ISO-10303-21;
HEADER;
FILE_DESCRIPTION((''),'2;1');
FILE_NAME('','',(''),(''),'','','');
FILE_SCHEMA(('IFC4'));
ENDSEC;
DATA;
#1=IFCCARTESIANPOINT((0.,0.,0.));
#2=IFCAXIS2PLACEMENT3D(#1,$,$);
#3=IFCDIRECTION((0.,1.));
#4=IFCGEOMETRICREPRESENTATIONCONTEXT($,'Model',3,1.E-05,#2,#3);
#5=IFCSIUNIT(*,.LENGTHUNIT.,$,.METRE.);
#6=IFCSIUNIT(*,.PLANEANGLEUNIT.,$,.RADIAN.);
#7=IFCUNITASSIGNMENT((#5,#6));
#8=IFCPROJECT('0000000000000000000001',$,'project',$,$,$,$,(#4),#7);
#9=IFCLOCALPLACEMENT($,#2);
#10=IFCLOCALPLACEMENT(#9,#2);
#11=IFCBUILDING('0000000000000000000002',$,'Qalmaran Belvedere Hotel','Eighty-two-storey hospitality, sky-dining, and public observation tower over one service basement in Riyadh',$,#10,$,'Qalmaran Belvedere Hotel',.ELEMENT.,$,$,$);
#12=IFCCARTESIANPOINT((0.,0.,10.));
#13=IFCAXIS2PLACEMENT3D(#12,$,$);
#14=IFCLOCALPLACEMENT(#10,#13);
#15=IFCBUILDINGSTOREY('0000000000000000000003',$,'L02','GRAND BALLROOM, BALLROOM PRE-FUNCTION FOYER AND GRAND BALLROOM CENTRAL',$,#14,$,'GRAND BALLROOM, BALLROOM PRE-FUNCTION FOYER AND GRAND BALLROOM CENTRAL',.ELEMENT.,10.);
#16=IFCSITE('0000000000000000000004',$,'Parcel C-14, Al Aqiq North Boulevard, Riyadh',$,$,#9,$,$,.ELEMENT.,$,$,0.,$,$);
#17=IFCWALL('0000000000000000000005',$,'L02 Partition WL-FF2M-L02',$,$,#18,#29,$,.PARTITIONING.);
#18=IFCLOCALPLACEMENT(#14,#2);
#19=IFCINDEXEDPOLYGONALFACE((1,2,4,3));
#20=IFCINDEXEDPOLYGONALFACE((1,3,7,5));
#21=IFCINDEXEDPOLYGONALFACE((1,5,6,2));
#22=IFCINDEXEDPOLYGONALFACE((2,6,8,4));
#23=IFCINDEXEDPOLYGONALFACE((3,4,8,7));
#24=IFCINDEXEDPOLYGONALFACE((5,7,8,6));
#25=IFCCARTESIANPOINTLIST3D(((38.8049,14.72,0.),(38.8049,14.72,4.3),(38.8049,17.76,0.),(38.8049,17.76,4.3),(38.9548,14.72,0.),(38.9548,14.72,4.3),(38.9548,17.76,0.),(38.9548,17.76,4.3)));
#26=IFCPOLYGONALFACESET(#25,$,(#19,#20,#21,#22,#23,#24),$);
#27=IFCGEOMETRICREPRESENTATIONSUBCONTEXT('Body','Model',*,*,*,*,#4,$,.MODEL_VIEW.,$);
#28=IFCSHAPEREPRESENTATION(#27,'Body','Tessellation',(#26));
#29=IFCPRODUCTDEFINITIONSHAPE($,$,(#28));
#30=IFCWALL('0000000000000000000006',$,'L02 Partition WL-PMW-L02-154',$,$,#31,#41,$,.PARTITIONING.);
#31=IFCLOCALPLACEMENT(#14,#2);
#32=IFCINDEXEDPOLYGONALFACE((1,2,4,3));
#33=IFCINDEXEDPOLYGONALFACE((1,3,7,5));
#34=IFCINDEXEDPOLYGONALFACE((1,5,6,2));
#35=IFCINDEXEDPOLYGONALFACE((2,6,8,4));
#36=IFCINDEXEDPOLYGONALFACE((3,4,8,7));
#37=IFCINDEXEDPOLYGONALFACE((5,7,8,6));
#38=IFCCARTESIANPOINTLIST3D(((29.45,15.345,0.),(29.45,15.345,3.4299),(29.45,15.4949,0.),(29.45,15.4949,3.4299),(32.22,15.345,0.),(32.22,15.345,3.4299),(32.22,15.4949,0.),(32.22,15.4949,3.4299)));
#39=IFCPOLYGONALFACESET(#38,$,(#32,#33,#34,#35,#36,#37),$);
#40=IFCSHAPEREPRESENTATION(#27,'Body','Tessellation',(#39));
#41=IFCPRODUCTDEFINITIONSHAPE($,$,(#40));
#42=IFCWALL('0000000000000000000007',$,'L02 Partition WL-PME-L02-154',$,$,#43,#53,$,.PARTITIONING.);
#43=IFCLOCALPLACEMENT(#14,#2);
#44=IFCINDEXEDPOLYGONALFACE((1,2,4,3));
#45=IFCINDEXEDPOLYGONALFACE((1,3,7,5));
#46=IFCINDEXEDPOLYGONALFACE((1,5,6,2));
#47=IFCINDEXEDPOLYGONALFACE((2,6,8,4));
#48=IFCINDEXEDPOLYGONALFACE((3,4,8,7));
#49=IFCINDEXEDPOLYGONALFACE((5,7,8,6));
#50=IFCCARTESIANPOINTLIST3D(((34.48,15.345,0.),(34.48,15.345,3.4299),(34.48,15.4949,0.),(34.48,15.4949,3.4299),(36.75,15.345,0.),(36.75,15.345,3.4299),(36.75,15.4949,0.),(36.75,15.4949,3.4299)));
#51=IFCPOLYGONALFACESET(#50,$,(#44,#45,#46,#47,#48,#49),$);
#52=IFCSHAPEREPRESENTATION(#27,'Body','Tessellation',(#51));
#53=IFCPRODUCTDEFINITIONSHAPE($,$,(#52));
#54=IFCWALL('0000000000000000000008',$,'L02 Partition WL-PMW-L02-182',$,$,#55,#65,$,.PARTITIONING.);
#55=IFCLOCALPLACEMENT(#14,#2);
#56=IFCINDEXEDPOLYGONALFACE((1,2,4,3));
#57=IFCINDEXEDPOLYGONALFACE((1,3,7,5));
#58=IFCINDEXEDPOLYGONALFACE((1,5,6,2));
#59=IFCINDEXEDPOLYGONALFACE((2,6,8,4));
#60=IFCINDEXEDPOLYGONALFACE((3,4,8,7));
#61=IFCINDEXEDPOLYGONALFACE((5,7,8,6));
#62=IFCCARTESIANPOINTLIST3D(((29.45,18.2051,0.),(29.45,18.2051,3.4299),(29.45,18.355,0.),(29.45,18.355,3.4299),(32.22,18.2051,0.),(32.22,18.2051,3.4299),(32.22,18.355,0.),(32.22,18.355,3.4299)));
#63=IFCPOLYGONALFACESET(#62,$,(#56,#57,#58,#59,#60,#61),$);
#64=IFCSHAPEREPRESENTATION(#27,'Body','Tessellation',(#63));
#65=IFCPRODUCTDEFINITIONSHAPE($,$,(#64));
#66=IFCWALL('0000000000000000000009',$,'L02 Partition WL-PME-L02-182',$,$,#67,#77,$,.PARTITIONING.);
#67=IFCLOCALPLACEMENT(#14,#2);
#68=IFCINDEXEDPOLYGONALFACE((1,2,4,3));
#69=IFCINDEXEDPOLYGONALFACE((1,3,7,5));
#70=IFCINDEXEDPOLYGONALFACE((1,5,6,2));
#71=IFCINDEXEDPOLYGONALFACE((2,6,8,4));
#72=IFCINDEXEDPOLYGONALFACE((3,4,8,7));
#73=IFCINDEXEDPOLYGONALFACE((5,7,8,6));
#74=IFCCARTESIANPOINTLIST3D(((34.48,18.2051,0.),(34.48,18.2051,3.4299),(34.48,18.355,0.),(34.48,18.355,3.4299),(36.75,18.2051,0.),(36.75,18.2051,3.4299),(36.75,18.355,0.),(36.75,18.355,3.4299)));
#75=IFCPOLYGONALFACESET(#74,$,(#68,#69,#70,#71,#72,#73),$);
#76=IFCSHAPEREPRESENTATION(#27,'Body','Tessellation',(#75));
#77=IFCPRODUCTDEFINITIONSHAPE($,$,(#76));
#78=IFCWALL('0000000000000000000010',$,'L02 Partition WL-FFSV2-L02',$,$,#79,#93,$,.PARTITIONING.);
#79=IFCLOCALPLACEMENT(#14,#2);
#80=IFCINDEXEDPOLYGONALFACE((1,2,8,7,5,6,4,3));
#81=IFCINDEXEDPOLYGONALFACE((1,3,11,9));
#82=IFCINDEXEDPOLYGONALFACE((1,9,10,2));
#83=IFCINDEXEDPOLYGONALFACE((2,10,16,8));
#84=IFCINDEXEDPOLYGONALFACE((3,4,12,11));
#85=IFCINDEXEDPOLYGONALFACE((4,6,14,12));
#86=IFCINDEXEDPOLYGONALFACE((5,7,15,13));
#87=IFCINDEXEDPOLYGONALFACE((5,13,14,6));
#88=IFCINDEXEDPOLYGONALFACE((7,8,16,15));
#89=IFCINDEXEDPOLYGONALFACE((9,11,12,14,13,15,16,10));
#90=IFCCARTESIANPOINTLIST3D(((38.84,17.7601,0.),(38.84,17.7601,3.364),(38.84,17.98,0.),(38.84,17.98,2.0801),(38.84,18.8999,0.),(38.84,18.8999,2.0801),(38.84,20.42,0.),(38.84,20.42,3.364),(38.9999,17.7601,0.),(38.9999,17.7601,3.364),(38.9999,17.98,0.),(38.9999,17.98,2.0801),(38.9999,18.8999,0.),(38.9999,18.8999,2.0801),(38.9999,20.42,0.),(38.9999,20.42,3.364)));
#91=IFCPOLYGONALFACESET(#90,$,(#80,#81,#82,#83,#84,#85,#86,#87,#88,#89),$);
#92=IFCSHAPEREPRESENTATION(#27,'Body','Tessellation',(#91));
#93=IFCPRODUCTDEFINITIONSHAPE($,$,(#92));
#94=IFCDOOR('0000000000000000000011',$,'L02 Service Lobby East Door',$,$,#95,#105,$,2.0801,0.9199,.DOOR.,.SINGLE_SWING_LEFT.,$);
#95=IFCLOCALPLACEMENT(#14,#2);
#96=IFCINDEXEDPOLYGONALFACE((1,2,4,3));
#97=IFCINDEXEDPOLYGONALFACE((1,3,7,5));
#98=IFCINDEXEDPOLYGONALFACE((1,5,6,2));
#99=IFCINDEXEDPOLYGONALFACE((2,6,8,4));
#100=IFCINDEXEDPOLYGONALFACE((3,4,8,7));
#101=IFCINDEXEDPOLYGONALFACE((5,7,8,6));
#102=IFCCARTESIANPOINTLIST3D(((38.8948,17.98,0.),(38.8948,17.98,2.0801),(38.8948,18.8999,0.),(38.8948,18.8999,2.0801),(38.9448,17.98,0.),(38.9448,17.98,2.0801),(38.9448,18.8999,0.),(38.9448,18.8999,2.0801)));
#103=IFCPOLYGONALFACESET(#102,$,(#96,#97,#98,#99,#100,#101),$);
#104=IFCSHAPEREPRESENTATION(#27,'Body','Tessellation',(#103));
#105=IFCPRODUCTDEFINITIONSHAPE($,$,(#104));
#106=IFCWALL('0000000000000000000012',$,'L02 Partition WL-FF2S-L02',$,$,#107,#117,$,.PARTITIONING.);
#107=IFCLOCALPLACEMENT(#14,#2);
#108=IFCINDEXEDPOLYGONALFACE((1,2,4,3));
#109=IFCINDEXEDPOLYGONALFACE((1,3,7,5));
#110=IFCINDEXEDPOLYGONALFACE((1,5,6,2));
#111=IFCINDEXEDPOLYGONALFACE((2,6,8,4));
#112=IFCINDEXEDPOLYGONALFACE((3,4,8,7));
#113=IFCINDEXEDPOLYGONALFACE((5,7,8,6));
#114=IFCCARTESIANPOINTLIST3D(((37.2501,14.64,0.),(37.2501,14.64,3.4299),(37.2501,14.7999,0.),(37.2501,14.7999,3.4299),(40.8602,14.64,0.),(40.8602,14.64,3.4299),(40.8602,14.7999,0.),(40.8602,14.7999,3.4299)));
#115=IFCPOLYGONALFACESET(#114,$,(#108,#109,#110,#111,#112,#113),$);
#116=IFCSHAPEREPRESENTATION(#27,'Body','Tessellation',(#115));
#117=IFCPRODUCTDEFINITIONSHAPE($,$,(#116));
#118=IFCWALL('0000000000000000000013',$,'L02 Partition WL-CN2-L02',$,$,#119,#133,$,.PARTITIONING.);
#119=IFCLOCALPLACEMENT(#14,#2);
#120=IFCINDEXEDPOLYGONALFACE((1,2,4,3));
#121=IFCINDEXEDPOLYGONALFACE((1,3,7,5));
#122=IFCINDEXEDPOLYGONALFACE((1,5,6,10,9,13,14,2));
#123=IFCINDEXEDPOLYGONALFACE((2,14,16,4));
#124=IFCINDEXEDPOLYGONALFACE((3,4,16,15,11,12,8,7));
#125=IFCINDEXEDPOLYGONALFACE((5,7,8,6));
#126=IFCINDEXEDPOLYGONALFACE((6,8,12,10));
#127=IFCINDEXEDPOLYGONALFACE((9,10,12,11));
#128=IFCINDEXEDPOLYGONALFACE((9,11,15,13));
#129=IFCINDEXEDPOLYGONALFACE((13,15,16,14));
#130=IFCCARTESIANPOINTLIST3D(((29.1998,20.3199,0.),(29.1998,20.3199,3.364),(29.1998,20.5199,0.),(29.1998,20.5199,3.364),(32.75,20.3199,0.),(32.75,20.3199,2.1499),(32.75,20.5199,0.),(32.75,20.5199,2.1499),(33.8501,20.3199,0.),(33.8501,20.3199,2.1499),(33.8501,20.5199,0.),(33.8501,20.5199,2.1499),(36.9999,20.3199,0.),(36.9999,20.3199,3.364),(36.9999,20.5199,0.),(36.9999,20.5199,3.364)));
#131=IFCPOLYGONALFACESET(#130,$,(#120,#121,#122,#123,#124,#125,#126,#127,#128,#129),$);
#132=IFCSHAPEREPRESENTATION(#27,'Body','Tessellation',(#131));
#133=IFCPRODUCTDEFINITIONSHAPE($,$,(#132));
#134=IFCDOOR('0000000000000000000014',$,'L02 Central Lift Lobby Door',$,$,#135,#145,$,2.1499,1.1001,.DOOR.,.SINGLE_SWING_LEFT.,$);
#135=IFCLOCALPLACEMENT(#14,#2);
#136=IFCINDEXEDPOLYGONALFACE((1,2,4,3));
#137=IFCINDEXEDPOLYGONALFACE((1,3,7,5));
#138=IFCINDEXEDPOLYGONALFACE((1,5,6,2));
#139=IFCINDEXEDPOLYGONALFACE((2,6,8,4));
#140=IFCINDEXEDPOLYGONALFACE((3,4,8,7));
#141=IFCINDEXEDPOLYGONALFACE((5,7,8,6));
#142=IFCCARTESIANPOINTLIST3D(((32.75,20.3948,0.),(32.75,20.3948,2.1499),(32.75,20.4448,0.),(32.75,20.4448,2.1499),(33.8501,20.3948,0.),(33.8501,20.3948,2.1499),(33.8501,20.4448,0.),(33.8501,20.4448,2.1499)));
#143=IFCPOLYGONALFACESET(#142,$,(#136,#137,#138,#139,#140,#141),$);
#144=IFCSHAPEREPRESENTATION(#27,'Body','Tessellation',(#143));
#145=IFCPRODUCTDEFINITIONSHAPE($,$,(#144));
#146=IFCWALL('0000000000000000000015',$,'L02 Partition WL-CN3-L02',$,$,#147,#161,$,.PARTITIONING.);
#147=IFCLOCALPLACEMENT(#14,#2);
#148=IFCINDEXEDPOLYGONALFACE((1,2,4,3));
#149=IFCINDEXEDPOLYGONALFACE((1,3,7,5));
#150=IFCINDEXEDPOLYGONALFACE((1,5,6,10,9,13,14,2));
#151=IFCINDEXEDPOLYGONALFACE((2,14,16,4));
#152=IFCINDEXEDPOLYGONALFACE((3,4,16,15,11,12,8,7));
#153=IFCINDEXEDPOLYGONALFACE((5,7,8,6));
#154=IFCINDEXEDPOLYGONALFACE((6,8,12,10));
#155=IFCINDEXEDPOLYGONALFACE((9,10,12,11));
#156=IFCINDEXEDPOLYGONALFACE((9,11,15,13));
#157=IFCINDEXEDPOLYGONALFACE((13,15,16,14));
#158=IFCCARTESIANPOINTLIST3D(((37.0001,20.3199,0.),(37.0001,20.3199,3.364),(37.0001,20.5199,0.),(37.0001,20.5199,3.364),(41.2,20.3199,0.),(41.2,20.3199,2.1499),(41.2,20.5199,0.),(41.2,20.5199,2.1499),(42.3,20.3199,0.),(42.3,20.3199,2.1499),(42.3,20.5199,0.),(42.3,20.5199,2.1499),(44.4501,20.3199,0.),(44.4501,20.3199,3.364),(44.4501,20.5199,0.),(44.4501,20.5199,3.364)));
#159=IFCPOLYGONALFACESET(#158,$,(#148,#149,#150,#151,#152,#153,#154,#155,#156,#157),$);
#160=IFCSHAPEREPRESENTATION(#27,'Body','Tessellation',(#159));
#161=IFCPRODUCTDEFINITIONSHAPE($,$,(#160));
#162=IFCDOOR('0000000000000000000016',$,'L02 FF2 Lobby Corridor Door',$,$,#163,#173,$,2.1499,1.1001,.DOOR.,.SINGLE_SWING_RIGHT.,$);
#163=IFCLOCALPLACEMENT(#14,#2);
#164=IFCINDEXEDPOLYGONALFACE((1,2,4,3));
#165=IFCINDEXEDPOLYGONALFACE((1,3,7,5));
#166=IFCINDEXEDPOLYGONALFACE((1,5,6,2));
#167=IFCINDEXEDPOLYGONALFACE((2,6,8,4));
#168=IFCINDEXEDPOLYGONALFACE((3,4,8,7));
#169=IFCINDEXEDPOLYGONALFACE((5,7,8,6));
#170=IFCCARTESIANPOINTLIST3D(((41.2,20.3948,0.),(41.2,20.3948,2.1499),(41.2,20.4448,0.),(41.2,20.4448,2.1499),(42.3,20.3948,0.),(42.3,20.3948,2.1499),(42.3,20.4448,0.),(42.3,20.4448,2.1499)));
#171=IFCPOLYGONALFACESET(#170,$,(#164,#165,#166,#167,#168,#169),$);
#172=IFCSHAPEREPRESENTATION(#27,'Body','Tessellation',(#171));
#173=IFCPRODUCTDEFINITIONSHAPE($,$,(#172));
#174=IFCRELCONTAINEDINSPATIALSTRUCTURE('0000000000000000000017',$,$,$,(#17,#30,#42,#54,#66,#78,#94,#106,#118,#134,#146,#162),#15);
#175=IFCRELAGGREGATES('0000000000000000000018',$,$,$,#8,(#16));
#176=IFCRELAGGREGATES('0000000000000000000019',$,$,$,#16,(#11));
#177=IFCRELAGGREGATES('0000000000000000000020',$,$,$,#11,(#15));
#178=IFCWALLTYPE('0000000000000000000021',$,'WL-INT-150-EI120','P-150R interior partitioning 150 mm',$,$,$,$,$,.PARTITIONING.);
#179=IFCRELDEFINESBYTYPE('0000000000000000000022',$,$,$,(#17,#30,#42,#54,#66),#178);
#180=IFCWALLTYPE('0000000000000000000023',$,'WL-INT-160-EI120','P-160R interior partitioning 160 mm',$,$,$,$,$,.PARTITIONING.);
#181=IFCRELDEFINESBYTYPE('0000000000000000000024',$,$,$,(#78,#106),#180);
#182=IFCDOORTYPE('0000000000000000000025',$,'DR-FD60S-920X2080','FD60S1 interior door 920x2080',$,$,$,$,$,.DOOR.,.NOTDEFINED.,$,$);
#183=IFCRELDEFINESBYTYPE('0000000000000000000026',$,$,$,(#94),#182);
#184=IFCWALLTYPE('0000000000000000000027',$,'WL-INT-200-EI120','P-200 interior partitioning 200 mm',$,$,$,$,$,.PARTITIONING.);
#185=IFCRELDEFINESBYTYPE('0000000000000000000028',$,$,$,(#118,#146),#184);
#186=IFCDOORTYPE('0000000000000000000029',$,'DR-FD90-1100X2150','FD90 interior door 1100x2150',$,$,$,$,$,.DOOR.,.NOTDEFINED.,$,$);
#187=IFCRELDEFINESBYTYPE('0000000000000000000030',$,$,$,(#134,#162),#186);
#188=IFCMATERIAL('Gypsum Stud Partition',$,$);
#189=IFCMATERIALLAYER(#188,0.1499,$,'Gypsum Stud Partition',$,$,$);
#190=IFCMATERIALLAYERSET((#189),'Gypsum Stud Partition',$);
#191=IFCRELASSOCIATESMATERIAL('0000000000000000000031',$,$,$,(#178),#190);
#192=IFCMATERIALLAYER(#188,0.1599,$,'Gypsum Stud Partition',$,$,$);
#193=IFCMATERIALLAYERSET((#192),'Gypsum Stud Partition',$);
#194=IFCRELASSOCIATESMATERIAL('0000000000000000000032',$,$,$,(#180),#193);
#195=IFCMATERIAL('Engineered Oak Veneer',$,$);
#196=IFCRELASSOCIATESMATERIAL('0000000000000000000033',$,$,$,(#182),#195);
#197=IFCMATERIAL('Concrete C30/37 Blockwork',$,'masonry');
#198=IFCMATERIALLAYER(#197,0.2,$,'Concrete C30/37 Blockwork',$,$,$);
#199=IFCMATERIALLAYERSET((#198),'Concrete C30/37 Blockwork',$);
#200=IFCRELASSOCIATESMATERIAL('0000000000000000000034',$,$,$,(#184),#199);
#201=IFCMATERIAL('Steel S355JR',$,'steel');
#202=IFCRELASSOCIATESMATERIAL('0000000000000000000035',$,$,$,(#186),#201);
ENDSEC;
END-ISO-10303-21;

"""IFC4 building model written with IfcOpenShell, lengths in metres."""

from ifc_helpers import new_model, si_unit, direction, frame, frame_2d, origin, place, context, subcontext, project, spatial, rectangle, extrude, material, layer, layer_set, type_object, element, fill, save


model = new_model("IFC4")

# Units and contexts
model_context = context("Model", 3, precision=1e-05, world=origin(), true_north=direction((0.0, 1.0)))
body_context = subcontext(model_context, "Body", "Model", "MODEL_VIEW")
ifc_project = project(units=[si_unit("LENGTHUNIT", "METRE"), si_unit("PLANEANGLEUNIT", "RADIAN")], contexts=[model_context])

# Site, building, storey
site_placement = place(None, origin())
site = spatial("IfcSite", under=ifc_project, at=site_placement, Name="Parcel C-14, Al Aqiq North Boulevard, Riyadh", CompositionType="ELEMENT", RefElevation=0.0)
building_placement = place(site_placement, origin())
building = spatial("IfcBuilding", under=site, at=building_placement, Name="Qalmaran Belvedere Hotel", Description="Eighty-two-storey hospitality, sky-dining, and public observation tower over one service basement in Riyadh", LongName="Qalmaran Belvedere Hotel", CompositionType="ELEMENT")
storey_placement = place(building_placement, frame((0.0, 0.0, 10.0)))
storey = spatial("IfcBuildingStorey", under=building, at=storey_placement, Name="L02", Description="GRAND BALLROOM, BALLROOM PRE-FUNCTION FOYER AND GRAND BALLROOM CENTRAL", LongName="GRAND BALLROOM, BALLROOM PRE-FUNCTION FOYER AND GRAND BALLROOM CENTRAL", CompositionType="ELEMENT", Elevation=10.0)

# Shared definitions
ifc_material_1 = material(Name="Steel S355JR", Category="steel")

# Walls
ifc_material_2 = material(Name="Gypsum Stud Partition")
ifc_layer_1 = layer(ifc_material_2, 0.1499, Name="Gypsum Stud Partition")
ifc_layer_set_1 = layer_set([ifc_layer_1], Name="Gypsum Stud Partition")
wall_type_1 = type_object("IfcWallType", Name="WL-INT-150-EI120", Description="P-150R interior partitioning 150 mm", PredefinedType="PARTITIONING", material=ifc_layer_set_1)
wall_1_placement = place(storey_placement, frame((38.8799, 14.72, 0.0), z_axis=(0.0, 0.0, 1.0), x_axis=(0.0, 1.0, 0.0)))
element("IfcWall", 1, at=wall_1_placement, inside=storey, type_object=wall_type_1, Name="L02 Partition WL-FF2M-L02", PredefinedType="PARTITIONING", context=body_context, shape_type="SweptSolid", body=[
    extrude(rectangle(XDim=3.04, YDim=0.1499, at=frame_2d((1.52, 0.0))), origin(), (0.0, 0.0, 1.0), 4.3),
])
wall_2_placement = place(storey_placement, frame((29.45, 15.4199, 0.0), z_axis=(0.0, 0.0, 1.0), x_axis=(1.0, 0.0, 0.0)))
element("IfcWall", 2, at=wall_2_placement, inside=storey, type_object=wall_type_1, Name="L02 Partition WL-PMW-L02-154", PredefinedType="PARTITIONING", context=body_context, shape_type="SweptSolid", body=[
    extrude(rectangle(XDim=2.77, YDim=0.1499, at=frame_2d((1.385, 0.0))), origin(), (0.0, 0.0, 1.0), 3.4299),
])
wall_3_placement = place(storey_placement, frame((34.48, 15.4199, 0.0), z_axis=(0.0, 0.0, 1.0), x_axis=(1.0, 0.0, 0.0)))
element("IfcWall", 3, at=wall_3_placement, inside=storey, type_object=wall_type_1, Name="L02 Partition WL-PME-L02-154", PredefinedType="PARTITIONING", context=body_context, shape_type="SweptSolid", body=[
    extrude(rectangle(XDim=2.27, YDim=0.1499, at=frame_2d((1.135, 0.0))), origin(), (0.0, 0.0, 1.0), 3.4299),
])
wall_4_placement = place(storey_placement, frame((29.45, 18.28, 0.0), z_axis=(0.0, 0.0, 1.0), x_axis=(1.0, 0.0, 0.0)))
element("IfcWall", 4, at=wall_4_placement, inside=storey, type_object=wall_type_1, Name="L02 Partition WL-PMW-L02-182", PredefinedType="PARTITIONING", context=body_context, shape_type="SweptSolid", body=[
    extrude(rectangle(XDim=2.77, YDim=0.1499, at=frame_2d((1.385, 0.0))), origin(), (0.0, 0.0, 1.0), 3.4299),
])
wall_5_placement = place(storey_placement, frame((34.48, 18.28, 0.0), z_axis=(0.0, 0.0, 1.0), x_axis=(1.0, 0.0, 0.0)))
element("IfcWall", 5, at=wall_5_placement, inside=storey, type_object=wall_type_1, Name="L02 Partition WL-PME-L02-182", PredefinedType="PARTITIONING", context=body_context, shape_type="SweptSolid", body=[
    extrude(rectangle(XDim=2.27, YDim=0.1499, at=frame_2d((1.135, 0.0))), origin(), (0.0, 0.0, 1.0), 3.4299),
])

# Wall, opening, door
ifc_layer_2 = layer(ifc_material_2, 0.1599, Name="Gypsum Stud Partition")
ifc_layer_set_2 = layer_set([ifc_layer_2], Name="Gypsum Stud Partition")
wall_type_2 = type_object("IfcWallType", Name="WL-INT-160-EI120", Description="P-160R interior partitioning 160 mm", PredefinedType="PARTITIONING", material=ifc_layer_set_2)
wall_6_placement = place(storey_placement, frame((38.9199, 17.76, 0.0), z_axis=(0.0, 0.0, 1.0), x_axis=(0.0, 1.0, 0.0)))
wall_6 = element("IfcWall", 6, at=wall_6_placement, inside=storey, type_object=wall_type_2, Name="L02 Partition WL-FFSV2-L02", PredefinedType="PARTITIONING", context=body_context, shape_type="SweptSolid", body=[
    extrude(rectangle(XDim=2.6599, YDim=0.1599, at=frame_2d((1.3301, 0.0))), origin(), (0.0, 0.0, 1.0), 3.364),
])
opening_1_placement = place(wall_6_placement, frame((1.1399, 0.0, 0.0), z_axis=(0.0, 0.0, 1.0), x_axis=(-1.0, 0.0, 0.0)))
opening_1 = element("IfcOpeningElement", 7, at=opening_1_placement, cuts=wall_6, PredefinedType="OPENING", context=body_context, shape_type="SweptSolid", body=[
    extrude(rectangle(XDim=0.9199, YDim=2.0801, at=frame_2d((0.46, 1.04))), frame((0.0, 0.0898, 0.0), z_axis=(0.0, -1.0, 0.0), x_axis=(1.0, 0.0, 0.0)), (0.0, 0.0, 1.0), 0.1799),
])
ifc_material_3 = material(Name="Engineered Oak Veneer")
door_type_1 = type_object("IfcDoorType", Name="DR-FD60S-920X2080", Description="FD60S1 interior door 920x2080", OperationType="NOTDEFINED", PredefinedType="DOOR", material=ifc_material_3)
door_1_placement = place(opening_1_placement, origin())
door_1 = element("IfcDoor", 8, at=door_1_placement, inside=storey, type_object=door_type_1, Name="L02 Service Lobby East Door", OperationType="SINGLE_SWING_LEFT", OverallHeight=2.0801, OverallWidth=0.9199, PredefinedType="DOOR", context=body_context, shape_type="SweptSolid", body=[
    extrude(rectangle(XDim=0.9199, YDim=2.0801, at=frame_2d((0.46, 1.04))), frame((0.0, 0.0249, 0.0), z_axis=(0.0, -1.0, 0.0), x_axis=(1.0, 0.0, 0.0)), (0.0, 0.0, 1.0), 0.05),
])
fill(opening_1, door_1)

# Wall
wall_7_placement = place(storey_placement, frame((37.25, 14.72, 0.0), z_axis=(0.0, 0.0, 1.0), x_axis=(1.0, 0.0, 0.0)))
element("IfcWall", 9, at=wall_7_placement, inside=storey, type_object=wall_type_2, Name="L02 Partition WL-FF2S-L02", PredefinedType="PARTITIONING", context=body_context, shape_type="SweptSolid", body=[
    extrude(rectangle(XDim=3.6101, YDim=0.1599, at=frame_2d((1.8052, 0.0))), origin(), (0.0, 0.0, 1.0), 3.4299),
])

# Walls, openings, doors
ifc_material_4 = material(Name="Concrete C30/37 Blockwork", Category="masonry")
ifc_layer_3 = layer(ifc_material_4, 0.2, Name="Concrete C30/37 Blockwork")
ifc_layer_set_3 = layer_set([ifc_layer_3], Name="Concrete C30/37 Blockwork")
wall_type_3 = type_object("IfcWallType", Name="WL-INT-200-EI120", Description="P-200 interior partitioning 200 mm", PredefinedType="PARTITIONING", material=ifc_layer_set_3)
wall_8_placement = place(storey_placement, frame((29.2, 20.4199, 0.0), z_axis=(0.0, 0.0, 1.0), x_axis=(1.0, 0.0, 0.0)))
wall_8 = element("IfcWall", 10, at=wall_8_placement, inside=storey, type_object=wall_type_3, Name="L02 Partition WL-CN2-L02", PredefinedType="PARTITIONING", context=body_context, shape_type="SweptSolid", body=[
    extrude(rectangle(XDim=7.8, YDim=0.2, at=frame_2d((3.8999, 0.0))), origin(), (0.0, 0.0, 1.0), 3.364),
])
opening_2_placement = place(wall_8_placement, frame((3.55, 0.0, 0.0)))
opening_2 = element("IfcOpeningElement", 11, at=opening_2_placement, cuts=wall_8, PredefinedType="OPENING", context=body_context, shape_type="SweptSolid", body=[
    extrude(rectangle(XDim=1.1001, YDim=2.1499, at=frame_2d((0.55, 1.075))), frame((0.0, 0.1099, 0.0), z_axis=(0.0, -1.0, 0.0), x_axis=(1.0, 0.0, 0.0)), (0.0, 0.0, 1.0), 0.22),
])
door_type_2 = type_object("IfcDoorType", Name="DR-FD90-1100X2150", Description="FD90 interior door 1100x2150", OperationType="NOTDEFINED", PredefinedType="DOOR", material=ifc_material_1)
door_2_placement = place(opening_2_placement, origin())
door_2 = element("IfcDoor", 12, at=door_2_placement, inside=storey, type_object=door_type_2, Name="L02 Central Lift Lobby Door", OperationType="SINGLE_SWING_LEFT", OverallHeight=2.1499, OverallWidth=1.1001, PredefinedType="DOOR", context=body_context, shape_type="SweptSolid", body=[
    extrude(rectangle(XDim=1.1001, YDim=2.1499, at=frame_2d((0.55, 1.075))), frame((0.0, 0.0249, 0.0), z_axis=(0.0, -1.0, 0.0), x_axis=(1.0, 0.0, 0.0)), (0.0, 0.0, 1.0), 0.05),
])
fill(opening_2, door_2)
wall_9_placement = place(storey_placement, frame((37.0, 20.4199, 0.0), z_axis=(0.0, 0.0, 1.0), x_axis=(1.0, 0.0, 0.0)))
wall_9 = element("IfcWall", 13, at=wall_9_placement, inside=storey, type_object=wall_type_3, Name="L02 Partition WL-CN3-L02", PredefinedType="PARTITIONING", context=body_context, shape_type="SweptSolid", body=[
    extrude(rectangle(XDim=7.45, YDim=0.2, at=frame_2d((3.7251, 0.0))), origin(), (0.0, 0.0, 1.0), 3.364),
])
opening_3_placement = place(wall_9_placement, frame((4.2, 0.0, 0.0)))
opening_3 = element("IfcOpeningElement", 14, at=opening_3_placement, cuts=wall_9, PredefinedType="OPENING", context=body_context, shape_type="SweptSolid", body=[
    extrude(rectangle(XDim=1.1001, YDim=2.1499, at=frame_2d((0.55, 1.075))), frame((0.0, 0.1099, 0.0), z_axis=(0.0, -1.0, 0.0), x_axis=(1.0, 0.0, 0.0)), (0.0, 0.0, 1.0), 0.22),
])
door_3_placement = place(opening_3_placement, origin())
door_3 = element("IfcDoor", 15, at=door_3_placement, inside=storey, type_object=door_type_2, Name="L02 FF2 Lobby Corridor Door", OperationType="SINGLE_SWING_RIGHT", OverallHeight=2.1499, OverallWidth=1.1001, PredefinedType="DOOR", context=body_context, shape_type="SweptSolid", body=[
    extrude(rectangle(XDim=1.1001, YDim=2.1499, at=frame_2d((0.55, 1.075))), frame((0.0, 0.0249, 0.0), z_axis=(0.0, -1.0, 0.0), x_axis=(1.0, 0.0, 0.0)), (0.0, 0.0, 1.0), 0.05),
])
fill(opening_3, door_3)

save(model, "model.ifc")
